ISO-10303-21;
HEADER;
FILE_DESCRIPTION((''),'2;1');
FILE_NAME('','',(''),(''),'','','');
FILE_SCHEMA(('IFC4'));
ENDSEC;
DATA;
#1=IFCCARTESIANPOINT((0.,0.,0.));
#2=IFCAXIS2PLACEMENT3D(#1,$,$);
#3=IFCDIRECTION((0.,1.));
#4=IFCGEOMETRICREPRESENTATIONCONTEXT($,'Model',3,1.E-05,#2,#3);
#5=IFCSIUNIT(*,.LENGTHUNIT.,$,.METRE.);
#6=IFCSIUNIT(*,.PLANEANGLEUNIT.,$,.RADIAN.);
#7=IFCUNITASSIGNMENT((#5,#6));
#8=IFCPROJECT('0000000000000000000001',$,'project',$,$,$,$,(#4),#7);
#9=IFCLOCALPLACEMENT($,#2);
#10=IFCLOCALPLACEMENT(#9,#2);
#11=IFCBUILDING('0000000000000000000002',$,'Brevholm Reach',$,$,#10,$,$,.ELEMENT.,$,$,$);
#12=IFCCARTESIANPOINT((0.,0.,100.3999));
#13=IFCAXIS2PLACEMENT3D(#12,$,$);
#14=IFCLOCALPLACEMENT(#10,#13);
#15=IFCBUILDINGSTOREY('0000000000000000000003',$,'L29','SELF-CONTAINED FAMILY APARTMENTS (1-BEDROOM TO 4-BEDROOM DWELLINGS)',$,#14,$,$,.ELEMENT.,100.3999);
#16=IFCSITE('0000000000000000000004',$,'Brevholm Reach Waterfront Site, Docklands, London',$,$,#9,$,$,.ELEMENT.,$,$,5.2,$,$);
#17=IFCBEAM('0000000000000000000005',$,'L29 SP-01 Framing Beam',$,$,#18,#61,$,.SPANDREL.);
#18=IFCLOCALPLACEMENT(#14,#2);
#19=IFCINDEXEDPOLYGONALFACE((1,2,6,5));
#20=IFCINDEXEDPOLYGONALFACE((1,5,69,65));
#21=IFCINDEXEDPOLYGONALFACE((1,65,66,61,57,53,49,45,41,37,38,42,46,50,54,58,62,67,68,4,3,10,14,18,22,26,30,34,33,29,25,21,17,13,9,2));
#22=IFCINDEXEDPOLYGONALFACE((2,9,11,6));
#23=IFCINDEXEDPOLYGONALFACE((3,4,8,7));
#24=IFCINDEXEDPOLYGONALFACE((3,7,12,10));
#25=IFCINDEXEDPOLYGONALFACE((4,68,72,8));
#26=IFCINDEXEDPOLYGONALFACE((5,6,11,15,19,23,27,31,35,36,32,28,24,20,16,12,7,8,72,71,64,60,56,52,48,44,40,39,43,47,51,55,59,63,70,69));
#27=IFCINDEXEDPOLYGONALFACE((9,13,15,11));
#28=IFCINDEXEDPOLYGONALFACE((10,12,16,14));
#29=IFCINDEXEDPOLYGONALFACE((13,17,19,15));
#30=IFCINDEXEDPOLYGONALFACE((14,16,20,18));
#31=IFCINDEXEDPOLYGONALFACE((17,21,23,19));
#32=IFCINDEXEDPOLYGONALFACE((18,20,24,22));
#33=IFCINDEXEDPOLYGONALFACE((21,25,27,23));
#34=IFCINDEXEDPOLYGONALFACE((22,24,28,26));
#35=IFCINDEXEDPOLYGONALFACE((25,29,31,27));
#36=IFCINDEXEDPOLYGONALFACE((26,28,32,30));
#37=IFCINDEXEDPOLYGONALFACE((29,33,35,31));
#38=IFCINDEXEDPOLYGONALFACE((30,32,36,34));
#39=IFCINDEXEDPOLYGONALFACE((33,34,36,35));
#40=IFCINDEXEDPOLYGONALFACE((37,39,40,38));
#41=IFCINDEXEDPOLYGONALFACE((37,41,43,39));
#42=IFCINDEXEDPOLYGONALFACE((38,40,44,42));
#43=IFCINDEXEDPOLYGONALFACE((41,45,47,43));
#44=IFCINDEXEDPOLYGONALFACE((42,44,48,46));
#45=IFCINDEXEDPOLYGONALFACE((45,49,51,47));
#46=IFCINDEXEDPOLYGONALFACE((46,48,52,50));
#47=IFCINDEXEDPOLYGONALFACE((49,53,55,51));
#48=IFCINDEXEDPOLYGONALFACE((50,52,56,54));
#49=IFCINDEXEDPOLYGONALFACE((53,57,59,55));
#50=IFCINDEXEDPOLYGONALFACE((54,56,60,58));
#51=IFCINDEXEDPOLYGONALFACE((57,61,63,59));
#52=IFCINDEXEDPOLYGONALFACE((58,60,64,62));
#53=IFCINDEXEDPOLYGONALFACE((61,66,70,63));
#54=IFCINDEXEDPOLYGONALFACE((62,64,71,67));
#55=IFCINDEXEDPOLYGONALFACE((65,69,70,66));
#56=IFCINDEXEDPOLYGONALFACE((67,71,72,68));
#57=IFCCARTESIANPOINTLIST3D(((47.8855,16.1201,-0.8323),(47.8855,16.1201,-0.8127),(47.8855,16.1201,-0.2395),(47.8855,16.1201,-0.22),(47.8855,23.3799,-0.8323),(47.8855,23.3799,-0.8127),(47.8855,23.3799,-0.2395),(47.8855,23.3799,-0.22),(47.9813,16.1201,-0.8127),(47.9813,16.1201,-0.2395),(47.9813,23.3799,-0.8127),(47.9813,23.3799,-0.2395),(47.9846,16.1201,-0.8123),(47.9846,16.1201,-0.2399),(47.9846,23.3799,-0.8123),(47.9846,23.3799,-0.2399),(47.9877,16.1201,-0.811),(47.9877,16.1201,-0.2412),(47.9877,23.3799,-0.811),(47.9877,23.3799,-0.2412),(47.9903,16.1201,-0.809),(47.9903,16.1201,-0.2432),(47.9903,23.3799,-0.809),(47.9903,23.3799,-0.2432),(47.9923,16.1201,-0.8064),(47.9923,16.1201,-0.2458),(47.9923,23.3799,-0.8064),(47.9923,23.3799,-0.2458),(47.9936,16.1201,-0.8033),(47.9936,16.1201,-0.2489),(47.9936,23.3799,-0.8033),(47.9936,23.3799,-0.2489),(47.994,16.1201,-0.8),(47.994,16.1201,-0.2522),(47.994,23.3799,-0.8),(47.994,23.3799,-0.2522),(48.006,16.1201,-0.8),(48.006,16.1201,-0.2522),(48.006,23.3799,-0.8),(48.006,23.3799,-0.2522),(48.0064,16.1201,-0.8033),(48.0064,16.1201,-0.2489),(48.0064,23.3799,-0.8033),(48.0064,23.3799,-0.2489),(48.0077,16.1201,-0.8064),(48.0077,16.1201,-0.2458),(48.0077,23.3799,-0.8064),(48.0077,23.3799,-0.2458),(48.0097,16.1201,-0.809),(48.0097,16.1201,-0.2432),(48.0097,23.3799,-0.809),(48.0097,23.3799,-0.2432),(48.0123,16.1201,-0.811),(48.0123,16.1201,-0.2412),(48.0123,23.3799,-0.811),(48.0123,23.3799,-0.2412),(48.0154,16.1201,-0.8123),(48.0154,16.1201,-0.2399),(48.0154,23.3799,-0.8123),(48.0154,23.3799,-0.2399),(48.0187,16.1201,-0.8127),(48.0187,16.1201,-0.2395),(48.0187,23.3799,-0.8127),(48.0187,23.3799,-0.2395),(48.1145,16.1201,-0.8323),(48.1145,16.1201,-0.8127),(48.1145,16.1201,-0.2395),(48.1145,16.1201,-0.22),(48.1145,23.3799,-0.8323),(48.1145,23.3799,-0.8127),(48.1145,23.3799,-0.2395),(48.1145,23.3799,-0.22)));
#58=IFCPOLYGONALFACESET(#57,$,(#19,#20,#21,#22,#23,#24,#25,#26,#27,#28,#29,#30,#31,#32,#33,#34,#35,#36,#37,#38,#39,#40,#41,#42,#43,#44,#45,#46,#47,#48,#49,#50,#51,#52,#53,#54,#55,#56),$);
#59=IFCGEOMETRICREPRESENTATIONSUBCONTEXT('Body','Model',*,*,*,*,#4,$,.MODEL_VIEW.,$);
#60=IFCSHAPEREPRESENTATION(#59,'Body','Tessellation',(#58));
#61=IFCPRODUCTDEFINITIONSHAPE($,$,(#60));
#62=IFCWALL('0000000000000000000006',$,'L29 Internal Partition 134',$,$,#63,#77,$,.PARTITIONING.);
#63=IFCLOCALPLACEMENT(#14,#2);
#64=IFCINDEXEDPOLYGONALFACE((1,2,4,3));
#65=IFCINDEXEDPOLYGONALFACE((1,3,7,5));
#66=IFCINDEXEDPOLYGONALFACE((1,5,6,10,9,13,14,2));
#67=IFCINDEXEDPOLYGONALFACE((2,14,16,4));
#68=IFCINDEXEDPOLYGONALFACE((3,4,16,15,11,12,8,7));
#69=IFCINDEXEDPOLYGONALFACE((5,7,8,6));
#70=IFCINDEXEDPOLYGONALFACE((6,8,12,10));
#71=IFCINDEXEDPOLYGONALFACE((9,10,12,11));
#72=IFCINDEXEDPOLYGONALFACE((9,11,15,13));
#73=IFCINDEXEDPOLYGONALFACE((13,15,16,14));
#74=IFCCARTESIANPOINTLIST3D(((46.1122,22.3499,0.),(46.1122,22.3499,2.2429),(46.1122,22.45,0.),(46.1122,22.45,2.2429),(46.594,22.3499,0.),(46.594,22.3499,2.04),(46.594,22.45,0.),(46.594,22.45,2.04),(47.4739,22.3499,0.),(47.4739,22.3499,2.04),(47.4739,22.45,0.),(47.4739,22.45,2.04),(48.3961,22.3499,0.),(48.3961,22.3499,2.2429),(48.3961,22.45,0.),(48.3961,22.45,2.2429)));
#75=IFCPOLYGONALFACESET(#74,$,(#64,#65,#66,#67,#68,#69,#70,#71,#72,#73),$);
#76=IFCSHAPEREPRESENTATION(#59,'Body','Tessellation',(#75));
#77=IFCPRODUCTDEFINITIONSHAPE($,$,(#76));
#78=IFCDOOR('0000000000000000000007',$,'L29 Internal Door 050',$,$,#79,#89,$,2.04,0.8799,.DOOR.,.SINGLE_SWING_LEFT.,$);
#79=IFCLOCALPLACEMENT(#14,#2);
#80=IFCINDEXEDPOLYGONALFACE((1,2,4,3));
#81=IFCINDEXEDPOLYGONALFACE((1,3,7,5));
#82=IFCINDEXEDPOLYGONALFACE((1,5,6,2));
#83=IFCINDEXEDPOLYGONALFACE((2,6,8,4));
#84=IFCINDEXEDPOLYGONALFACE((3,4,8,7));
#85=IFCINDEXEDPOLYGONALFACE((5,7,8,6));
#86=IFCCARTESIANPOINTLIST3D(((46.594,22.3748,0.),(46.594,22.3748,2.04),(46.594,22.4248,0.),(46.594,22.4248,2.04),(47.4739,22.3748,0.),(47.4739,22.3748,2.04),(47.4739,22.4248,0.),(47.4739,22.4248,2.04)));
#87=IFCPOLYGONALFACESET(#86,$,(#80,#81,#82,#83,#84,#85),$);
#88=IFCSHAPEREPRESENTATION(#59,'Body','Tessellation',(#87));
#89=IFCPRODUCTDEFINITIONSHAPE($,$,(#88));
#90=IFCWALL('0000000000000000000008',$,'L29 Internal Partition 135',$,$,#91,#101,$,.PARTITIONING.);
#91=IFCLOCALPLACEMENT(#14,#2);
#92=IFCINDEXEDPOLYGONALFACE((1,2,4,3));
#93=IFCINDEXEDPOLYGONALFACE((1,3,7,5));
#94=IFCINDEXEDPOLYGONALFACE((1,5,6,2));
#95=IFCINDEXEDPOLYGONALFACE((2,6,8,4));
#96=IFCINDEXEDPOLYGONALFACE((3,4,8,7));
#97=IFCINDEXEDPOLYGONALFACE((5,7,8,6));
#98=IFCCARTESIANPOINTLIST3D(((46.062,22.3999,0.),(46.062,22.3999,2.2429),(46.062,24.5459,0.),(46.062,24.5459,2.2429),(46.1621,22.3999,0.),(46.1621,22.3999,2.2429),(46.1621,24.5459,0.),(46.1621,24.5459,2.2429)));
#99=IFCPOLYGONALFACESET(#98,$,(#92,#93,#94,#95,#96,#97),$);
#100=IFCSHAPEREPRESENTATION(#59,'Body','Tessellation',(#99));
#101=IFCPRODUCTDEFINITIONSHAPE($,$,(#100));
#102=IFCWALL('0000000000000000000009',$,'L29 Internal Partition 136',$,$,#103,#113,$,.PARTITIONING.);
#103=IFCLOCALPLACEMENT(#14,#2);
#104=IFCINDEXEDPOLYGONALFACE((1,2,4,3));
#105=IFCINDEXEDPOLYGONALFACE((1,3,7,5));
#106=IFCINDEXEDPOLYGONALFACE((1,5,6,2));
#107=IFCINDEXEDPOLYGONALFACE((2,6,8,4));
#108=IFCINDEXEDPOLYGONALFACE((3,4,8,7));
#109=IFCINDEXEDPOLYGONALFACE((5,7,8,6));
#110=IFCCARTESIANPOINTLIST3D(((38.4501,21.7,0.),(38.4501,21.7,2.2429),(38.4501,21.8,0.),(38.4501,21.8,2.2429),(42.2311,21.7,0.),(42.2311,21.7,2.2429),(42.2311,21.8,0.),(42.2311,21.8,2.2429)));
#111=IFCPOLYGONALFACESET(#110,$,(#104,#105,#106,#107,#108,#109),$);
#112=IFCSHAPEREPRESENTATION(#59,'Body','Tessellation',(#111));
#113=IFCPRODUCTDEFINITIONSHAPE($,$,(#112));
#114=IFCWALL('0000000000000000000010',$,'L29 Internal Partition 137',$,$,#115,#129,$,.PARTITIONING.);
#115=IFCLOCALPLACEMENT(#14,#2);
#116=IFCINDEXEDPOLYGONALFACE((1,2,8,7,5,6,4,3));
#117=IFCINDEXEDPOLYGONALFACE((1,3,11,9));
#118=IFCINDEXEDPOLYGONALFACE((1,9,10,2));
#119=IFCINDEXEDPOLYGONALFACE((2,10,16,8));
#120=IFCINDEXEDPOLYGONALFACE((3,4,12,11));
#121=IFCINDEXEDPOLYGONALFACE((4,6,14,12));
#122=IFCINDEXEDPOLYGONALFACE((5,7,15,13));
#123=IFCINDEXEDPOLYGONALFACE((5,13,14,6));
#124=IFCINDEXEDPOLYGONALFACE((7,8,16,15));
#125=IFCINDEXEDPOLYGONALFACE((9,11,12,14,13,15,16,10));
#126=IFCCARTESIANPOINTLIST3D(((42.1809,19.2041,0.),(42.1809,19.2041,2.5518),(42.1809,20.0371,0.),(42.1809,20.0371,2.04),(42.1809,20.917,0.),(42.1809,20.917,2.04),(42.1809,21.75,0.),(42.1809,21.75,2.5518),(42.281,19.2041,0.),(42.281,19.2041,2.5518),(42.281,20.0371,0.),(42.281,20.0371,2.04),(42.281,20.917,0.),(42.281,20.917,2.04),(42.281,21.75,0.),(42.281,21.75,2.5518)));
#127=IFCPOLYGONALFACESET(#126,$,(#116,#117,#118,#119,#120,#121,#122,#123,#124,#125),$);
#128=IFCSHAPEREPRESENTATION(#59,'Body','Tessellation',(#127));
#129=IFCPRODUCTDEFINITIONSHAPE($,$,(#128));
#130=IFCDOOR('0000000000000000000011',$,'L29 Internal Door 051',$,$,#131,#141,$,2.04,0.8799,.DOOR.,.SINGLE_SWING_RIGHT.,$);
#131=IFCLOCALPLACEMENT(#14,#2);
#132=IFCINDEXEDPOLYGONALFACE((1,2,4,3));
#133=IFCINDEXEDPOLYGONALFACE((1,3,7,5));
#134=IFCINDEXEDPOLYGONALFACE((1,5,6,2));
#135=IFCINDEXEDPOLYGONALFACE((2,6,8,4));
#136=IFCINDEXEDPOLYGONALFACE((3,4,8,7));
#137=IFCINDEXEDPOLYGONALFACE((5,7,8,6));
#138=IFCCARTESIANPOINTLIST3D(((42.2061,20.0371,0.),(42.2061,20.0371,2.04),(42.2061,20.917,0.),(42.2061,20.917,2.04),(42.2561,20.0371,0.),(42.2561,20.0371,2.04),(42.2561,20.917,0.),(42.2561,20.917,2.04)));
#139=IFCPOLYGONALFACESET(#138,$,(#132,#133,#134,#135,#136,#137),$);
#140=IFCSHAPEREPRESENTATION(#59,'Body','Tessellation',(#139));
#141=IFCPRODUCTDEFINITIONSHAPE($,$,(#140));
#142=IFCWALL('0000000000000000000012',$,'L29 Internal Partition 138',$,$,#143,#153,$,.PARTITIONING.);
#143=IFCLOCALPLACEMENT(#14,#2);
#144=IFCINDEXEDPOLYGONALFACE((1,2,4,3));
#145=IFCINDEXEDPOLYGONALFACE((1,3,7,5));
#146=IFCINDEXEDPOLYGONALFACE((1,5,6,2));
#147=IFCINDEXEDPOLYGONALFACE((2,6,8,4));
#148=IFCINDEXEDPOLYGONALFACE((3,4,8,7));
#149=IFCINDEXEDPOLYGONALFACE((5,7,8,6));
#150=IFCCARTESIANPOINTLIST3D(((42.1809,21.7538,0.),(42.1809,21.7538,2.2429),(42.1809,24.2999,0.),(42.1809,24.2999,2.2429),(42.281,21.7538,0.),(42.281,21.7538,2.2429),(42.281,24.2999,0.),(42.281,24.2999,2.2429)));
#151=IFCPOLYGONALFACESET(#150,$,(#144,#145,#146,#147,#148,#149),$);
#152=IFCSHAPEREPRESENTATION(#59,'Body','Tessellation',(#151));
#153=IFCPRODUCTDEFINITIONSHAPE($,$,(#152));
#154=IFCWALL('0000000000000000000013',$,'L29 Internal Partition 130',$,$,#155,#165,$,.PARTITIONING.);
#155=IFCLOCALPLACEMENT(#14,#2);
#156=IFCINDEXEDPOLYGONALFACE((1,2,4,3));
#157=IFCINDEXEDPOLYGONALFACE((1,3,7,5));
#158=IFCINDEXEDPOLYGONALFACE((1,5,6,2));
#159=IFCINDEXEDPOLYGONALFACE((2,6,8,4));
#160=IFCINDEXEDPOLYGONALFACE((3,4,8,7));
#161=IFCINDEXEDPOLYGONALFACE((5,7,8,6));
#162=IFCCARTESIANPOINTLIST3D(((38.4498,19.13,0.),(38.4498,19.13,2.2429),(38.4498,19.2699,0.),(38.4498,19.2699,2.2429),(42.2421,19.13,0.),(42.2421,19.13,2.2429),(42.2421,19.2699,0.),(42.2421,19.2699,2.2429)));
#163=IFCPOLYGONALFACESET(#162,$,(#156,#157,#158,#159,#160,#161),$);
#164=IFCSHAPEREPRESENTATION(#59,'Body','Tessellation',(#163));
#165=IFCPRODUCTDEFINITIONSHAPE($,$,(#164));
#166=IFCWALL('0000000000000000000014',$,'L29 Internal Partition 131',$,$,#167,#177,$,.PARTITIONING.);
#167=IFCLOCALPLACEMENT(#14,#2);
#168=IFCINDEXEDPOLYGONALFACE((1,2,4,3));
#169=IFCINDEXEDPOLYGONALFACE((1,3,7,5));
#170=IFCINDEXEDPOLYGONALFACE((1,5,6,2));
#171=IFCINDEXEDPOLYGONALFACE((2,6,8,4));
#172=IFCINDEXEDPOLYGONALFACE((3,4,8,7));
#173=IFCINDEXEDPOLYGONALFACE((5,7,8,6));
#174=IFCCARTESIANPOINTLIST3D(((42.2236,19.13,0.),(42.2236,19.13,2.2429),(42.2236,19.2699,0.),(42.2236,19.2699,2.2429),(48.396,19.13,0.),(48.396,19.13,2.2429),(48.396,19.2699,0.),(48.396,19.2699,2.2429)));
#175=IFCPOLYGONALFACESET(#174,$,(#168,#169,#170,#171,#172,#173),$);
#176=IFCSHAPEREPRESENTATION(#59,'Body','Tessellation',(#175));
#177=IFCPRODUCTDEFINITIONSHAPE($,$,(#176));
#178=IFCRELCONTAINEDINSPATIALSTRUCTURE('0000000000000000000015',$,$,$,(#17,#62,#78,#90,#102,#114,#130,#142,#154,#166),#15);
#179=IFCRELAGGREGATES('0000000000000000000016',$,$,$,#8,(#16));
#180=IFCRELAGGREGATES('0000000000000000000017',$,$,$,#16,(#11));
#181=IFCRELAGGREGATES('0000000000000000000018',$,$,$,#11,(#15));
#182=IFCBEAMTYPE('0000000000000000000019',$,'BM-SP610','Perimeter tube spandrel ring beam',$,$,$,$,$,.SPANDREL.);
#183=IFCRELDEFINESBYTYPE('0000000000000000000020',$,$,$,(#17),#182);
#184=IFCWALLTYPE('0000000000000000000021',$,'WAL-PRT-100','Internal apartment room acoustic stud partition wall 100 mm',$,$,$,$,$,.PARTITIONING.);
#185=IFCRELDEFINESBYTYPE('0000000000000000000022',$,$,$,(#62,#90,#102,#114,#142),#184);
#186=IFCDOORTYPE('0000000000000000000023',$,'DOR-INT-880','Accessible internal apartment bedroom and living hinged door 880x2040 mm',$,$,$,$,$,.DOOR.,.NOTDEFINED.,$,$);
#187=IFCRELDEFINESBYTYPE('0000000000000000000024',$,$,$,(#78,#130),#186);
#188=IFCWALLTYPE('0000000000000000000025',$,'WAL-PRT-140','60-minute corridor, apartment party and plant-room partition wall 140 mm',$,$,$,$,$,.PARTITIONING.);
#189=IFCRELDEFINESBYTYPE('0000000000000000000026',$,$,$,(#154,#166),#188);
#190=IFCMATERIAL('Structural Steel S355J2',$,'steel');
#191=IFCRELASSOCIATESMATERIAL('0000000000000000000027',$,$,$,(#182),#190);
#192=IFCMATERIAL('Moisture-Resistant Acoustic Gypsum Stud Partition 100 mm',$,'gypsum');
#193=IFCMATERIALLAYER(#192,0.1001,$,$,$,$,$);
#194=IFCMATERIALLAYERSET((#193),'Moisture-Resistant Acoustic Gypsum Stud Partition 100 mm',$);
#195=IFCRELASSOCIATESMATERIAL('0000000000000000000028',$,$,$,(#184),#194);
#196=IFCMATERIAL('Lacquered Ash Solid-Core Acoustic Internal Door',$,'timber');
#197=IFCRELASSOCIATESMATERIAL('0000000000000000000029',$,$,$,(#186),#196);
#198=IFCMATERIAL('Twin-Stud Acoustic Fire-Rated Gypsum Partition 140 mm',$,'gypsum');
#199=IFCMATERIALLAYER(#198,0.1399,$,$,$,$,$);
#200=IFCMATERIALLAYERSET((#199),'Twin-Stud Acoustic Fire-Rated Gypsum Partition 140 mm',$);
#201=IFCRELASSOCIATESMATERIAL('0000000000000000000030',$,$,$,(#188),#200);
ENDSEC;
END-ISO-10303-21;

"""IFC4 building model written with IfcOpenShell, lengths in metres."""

from ifc_helpers import new_model, si_unit, direction, frame, frame_2d, origin, origin_2d, place, context, subcontext, project, spatial, rectangle, i_section, extrude, material, layer, layer_set, material_profile, profile_set, type_object, element, fill, save


model = new_model("IFC4")

# Units and contexts
model_context = context("Model", 3, precision=1e-05, world=origin(), true_north=direction((0.0, 1.0)))
body_context = subcontext(model_context, "Body", "Model", "MODEL_VIEW")
ifc_project = project(units=[si_unit("LENGTHUNIT", "METRE"), si_unit("PLANEANGLEUNIT", "RADIAN")], contexts=[model_context])

# Site, building, storey
site_placement = place(None, origin())
site = spatial("IfcSite", under=ifc_project, at=site_placement, Name="Brevholm Reach Waterfront Site, Docklands, London", CompositionType="ELEMENT", RefElevation=5.2)
building_placement = place(site_placement, origin())
building = spatial("IfcBuilding", under=site, at=building_placement, Name="Brevholm Reach", CompositionType="ELEMENT")
storey_placement = place(building_placement, frame((0.0, 0.0, 100.3999)))
storey = spatial("IfcBuildingStorey", under=building, at=storey_placement, Name="L29", Description="SELF-CONTAINED FAMILY APARTMENTS (1-BEDROOM TO 4-BEDROOM DWELLINGS)", CompositionType="ELEMENT", Elevation=100.3999)

# Beam
ifc_material_1 = material(Name="Structural Steel S355J2", Category="steel")
ifc_material_profile_1 = material_profile(ifc_material_1, i_section(OverallWidth=0.229, OverallDepth=0.6123, WebThickness=0.012, FlangeThickness=0.0195, FilletRadius=0.0127, at=origin_2d()), Name="UKB 610x229x125")
ifc_profile_set_1 = profile_set([ifc_material_profile_1], Name="Structural Steel S355J2")
beam_type_1 = type_object("IfcBeamType", Name="BM-SP610", Description="Perimeter tube spandrel ring beam", PredefinedType="SPANDREL", material=ifc_profile_set_1)
for number, where, z_axis, x_axis, name in (
    (1, (48.0, 16.1201, -0.5261), (0.0, 1.0, 0.0), (-1.0, 0.0, 0.0), "L29 SP-01 Framing Beam"),
):
    element("IfcBeam", number, at=place(storey_placement, frame(where, z_axis=z_axis, x_axis=x_axis)), inside=storey, type_object=beam_type_1, Name=name, PredefinedType="SPANDREL", context=body_context, shape_type="SweptSolid", body=[
        extrude(i_section(OverallWidth=0.229, OverallDepth=0.6123, WebThickness=0.012, FlangeThickness=0.0195, FilletRadius=0.0127, at=origin_2d()), origin(), (0.0, 0.0, 1.0), 7.2598),
    ])

# Wall, opening, door
ifc_material_2 = material(Name="Moisture-Resistant Acoustic Gypsum Stud Partition 100 mm", Category="gypsum")
ifc_layer_1 = layer(ifc_material_2, 0.1001)
ifc_layer_set_1 = layer_set([ifc_layer_1], Name="Moisture-Resistant Acoustic Gypsum Stud Partition 100 mm")
wall_type_1 = type_object("IfcWallType", Name="WAL-PRT-100", Description="Internal apartment room acoustic stud partition wall 100 mm", PredefinedType="PARTITIONING", material=ifc_layer_set_1)
wall_1_placement = place(storey_placement, frame((46.1121, 22.3999, 0.0), z_axis=(0.0, 0.0, 1.0), x_axis=(1.0, 0.0, 0.0)))
wall_1 = element("IfcWall", 2, at=wall_1_placement, inside=storey, type_object=wall_type_1, Name="L29 Internal Partition 134", PredefinedType="PARTITIONING", context=body_context, shape_type="SweptSolid", body=[
    extrude(rectangle(XDim=2.2839, YDim=0.1001, at=frame_2d((1.1421, 0.0))), origin(), (0.0, 0.0, 1.0), 2.2429),
])
opening_1_placement = place(wall_1_placement, frame((0.4819, 0.0, 0.0)))
opening_1 = element("IfcOpeningElement", 3, at=opening_1_placement, cuts=wall_1, PredefinedType="OPENING", context=body_context, shape_type="SweptSolid", body=[
    extrude(rectangle(XDim=0.8799, YDim=2.04, at=frame_2d((0.4399, 1.02))), frame((0.0, 0.0601, 0.0), z_axis=(0.0, -1.0, 0.0), x_axis=(1.0, 0.0, 0.0)), (0.0, 0.0, 1.0), 0.1201),
])
ifc_material_3 = material(Name="Lacquered Ash Solid-Core Acoustic Internal Door", Category="timber")
door_type = type_object("IfcDoorType", Name="DOR-INT-880", Description="Accessible internal apartment bedroom and living hinged door 880x2040 mm", OperationType="NOTDEFINED", PredefinedType="DOOR", material=ifc_material_3)
door_1_placement = place(opening_1_placement, origin())
door_1 = element("IfcDoor", 4, at=door_1_placement, inside=storey, type_object=door_type, Name="L29 Internal Door 050", OperationType="SINGLE_SWING_LEFT", OverallHeight=2.04, OverallWidth=0.8799, PredefinedType="DOOR", context=body_context, shape_type="SweptSolid", body=[
    extrude(rectangle(XDim=0.8799, YDim=2.04, at=frame_2d((0.4399, 1.02))), frame((0.0, 0.0249, 0.0), z_axis=(0.0, -1.0, 0.0), x_axis=(1.0, 0.0, 0.0)), (0.0, 0.0, 1.0), 0.05),
])
fill(opening_1, door_1)

# Walls
wall_2_placement = place(storey_placement, frame((46.1121, 22.3999, 0.0), z_axis=(0.0, 0.0, 1.0), x_axis=(0.0, 1.0, 0.0)))
element("IfcWall", 5, at=wall_2_placement, inside=storey, type_object=wall_type_1, Name="L29 Internal Partition 135", PredefinedType="PARTITIONING", context=body_context, shape_type="SweptSolid", body=[
    extrude(rectangle(XDim=2.146, YDim=0.1001, at=frame_2d((1.073, 0.0))), origin(), (0.0, 0.0, 1.0), 2.2429),
])
wall_3_placement = place(storey_placement, frame((38.45, 21.75, 0.0), z_axis=(0.0, 0.0, 1.0), x_axis=(1.0, 0.0, 0.0)))
element("IfcWall", 6, at=wall_3_placement, inside=storey, type_object=wall_type_1, Name="L29 Internal Partition 136", PredefinedType="PARTITIONING", context=body_context, shape_type="SweptSolid", body=[
    extrude(rectangle(XDim=3.781, YDim=0.1001, at=frame_2d((1.8906, 0.0))), origin(), (0.0, 0.0, 1.0), 2.2429),
])

# Wall, opening, door
wall_4_placement = place(storey_placement, frame((42.231, 19.2041, 0.0), z_axis=(0.0, 0.0, 1.0), x_axis=(0.0, 1.0, 0.0)))
wall_4 = element("IfcWall", 7, at=wall_4_placement, inside=storey, type_object=wall_type_1, Name="L29 Internal Partition 137", PredefinedType="PARTITIONING", context=body_context, shape_type="SweptSolid", body=[
    extrude(rectangle(XDim=2.5459, YDim=0.1001, at=frame_2d((1.2729, 0.0))), origin(), (0.0, 0.0, 1.0), 2.5518),
])
opening_2_placement = place(wall_4_placement, frame((0.833, 0.0, 0.0)))
opening_2 = element("IfcOpeningElement", 8, at=opening_2_placement, cuts=wall_4, PredefinedType="OPENING", context=body_context, shape_type="SweptSolid", body=[
    extrude(rectangle(XDim=0.8799, YDim=2.04, at=frame_2d((0.4399, 1.02))), frame((0.0, 0.0601, 0.0), z_axis=(0.0, -1.0, 0.0), x_axis=(1.0, 0.0, 0.0)), (0.0, 0.0, 1.0), 0.1201),
])
door_2_placement = place(opening_2_placement, origin())
door_2 = element("IfcDoor", 9, at=door_2_placement, inside=storey, type_object=door_type, Name="L29 Internal Door 051", OperationType="SINGLE_SWING_RIGHT", OverallHeight=2.04, OverallWidth=0.8799, PredefinedType="DOOR", context=body_context, shape_type="SweptSolid", body=[
    extrude(rectangle(XDim=0.8799, YDim=2.04, at=frame_2d((0.4399, 1.02))), frame((0.0, 0.0249, 0.0), z_axis=(0.0, -1.0, 0.0), x_axis=(1.0, 0.0, 0.0)), (0.0, 0.0, 1.0), 0.05),
])
fill(opening_2, door_2)

# Walls
wall_5_placement = place(storey_placement, frame((42.231, 21.7539, 0.0), z_axis=(0.0, 0.0, 1.0), x_axis=(0.0, 1.0, 0.0)))
element("IfcWall", 10, at=wall_5_placement, inside=storey, type_object=wall_type_1, Name="L29 Internal Partition 138", PredefinedType="PARTITIONING", context=body_context, shape_type="SweptSolid", body=[
    extrude(rectangle(XDim=2.5461, YDim=0.1001, at=frame_2d((1.2729, 0.0))), origin(), (0.0, 0.0, 1.0), 2.2429),
])
ifc_material_4 = material(Name="Twin-Stud Acoustic Fire-Rated Gypsum Partition 140 mm", Category="gypsum")
ifc_layer_2 = layer(ifc_material_4, 0.1399)
ifc_layer_set_2 = layer_set([ifc_layer_2], Name="Twin-Stud Acoustic Fire-Rated Gypsum Partition 140 mm")
wall_type_2 = type_object("IfcWallType", Name="WAL-PRT-140", Description="60-minute corridor, apartment party and plant-room partition wall 140 mm", PredefinedType="PARTITIONING", material=ifc_layer_set_2)
wall_6_placement = place(storey_placement, frame((38.45, 19.2, 0.0), z_axis=(0.0, 0.0, 1.0), x_axis=(1.0, 0.0, 0.0)))
element("IfcWall", 11, at=wall_6_placement, inside=storey, type_object=wall_type_2, Name="L29 Internal Partition 130", PredefinedType="PARTITIONING", context=body_context, shape_type="SweptSolid", body=[
    extrude(rectangle(XDim=3.7922, YDim=0.1399, at=frame_2d((1.896, 0.0))), origin(), (0.0, 0.0, 1.0), 2.2429),
])
wall_7_placement = place(storey_placement, frame((42.2236, 19.2, 0.0), z_axis=(0.0, 0.0, 1.0), x_axis=(1.0, 0.0, 0.0)))
element("IfcWall", 12, at=wall_7_placement, inside=storey, type_object=wall_type_2, Name="L29 Internal Partition 131", PredefinedType="PARTITIONING", context=body_context, shape_type="SweptSolid", body=[
    extrude(rectangle(XDim=6.1724, YDim=0.1399, at=frame_2d((3.0862, 0.0))), origin(), (0.0, 0.0, 1.0), 2.2429),
])

save(model, "model.ifc")
